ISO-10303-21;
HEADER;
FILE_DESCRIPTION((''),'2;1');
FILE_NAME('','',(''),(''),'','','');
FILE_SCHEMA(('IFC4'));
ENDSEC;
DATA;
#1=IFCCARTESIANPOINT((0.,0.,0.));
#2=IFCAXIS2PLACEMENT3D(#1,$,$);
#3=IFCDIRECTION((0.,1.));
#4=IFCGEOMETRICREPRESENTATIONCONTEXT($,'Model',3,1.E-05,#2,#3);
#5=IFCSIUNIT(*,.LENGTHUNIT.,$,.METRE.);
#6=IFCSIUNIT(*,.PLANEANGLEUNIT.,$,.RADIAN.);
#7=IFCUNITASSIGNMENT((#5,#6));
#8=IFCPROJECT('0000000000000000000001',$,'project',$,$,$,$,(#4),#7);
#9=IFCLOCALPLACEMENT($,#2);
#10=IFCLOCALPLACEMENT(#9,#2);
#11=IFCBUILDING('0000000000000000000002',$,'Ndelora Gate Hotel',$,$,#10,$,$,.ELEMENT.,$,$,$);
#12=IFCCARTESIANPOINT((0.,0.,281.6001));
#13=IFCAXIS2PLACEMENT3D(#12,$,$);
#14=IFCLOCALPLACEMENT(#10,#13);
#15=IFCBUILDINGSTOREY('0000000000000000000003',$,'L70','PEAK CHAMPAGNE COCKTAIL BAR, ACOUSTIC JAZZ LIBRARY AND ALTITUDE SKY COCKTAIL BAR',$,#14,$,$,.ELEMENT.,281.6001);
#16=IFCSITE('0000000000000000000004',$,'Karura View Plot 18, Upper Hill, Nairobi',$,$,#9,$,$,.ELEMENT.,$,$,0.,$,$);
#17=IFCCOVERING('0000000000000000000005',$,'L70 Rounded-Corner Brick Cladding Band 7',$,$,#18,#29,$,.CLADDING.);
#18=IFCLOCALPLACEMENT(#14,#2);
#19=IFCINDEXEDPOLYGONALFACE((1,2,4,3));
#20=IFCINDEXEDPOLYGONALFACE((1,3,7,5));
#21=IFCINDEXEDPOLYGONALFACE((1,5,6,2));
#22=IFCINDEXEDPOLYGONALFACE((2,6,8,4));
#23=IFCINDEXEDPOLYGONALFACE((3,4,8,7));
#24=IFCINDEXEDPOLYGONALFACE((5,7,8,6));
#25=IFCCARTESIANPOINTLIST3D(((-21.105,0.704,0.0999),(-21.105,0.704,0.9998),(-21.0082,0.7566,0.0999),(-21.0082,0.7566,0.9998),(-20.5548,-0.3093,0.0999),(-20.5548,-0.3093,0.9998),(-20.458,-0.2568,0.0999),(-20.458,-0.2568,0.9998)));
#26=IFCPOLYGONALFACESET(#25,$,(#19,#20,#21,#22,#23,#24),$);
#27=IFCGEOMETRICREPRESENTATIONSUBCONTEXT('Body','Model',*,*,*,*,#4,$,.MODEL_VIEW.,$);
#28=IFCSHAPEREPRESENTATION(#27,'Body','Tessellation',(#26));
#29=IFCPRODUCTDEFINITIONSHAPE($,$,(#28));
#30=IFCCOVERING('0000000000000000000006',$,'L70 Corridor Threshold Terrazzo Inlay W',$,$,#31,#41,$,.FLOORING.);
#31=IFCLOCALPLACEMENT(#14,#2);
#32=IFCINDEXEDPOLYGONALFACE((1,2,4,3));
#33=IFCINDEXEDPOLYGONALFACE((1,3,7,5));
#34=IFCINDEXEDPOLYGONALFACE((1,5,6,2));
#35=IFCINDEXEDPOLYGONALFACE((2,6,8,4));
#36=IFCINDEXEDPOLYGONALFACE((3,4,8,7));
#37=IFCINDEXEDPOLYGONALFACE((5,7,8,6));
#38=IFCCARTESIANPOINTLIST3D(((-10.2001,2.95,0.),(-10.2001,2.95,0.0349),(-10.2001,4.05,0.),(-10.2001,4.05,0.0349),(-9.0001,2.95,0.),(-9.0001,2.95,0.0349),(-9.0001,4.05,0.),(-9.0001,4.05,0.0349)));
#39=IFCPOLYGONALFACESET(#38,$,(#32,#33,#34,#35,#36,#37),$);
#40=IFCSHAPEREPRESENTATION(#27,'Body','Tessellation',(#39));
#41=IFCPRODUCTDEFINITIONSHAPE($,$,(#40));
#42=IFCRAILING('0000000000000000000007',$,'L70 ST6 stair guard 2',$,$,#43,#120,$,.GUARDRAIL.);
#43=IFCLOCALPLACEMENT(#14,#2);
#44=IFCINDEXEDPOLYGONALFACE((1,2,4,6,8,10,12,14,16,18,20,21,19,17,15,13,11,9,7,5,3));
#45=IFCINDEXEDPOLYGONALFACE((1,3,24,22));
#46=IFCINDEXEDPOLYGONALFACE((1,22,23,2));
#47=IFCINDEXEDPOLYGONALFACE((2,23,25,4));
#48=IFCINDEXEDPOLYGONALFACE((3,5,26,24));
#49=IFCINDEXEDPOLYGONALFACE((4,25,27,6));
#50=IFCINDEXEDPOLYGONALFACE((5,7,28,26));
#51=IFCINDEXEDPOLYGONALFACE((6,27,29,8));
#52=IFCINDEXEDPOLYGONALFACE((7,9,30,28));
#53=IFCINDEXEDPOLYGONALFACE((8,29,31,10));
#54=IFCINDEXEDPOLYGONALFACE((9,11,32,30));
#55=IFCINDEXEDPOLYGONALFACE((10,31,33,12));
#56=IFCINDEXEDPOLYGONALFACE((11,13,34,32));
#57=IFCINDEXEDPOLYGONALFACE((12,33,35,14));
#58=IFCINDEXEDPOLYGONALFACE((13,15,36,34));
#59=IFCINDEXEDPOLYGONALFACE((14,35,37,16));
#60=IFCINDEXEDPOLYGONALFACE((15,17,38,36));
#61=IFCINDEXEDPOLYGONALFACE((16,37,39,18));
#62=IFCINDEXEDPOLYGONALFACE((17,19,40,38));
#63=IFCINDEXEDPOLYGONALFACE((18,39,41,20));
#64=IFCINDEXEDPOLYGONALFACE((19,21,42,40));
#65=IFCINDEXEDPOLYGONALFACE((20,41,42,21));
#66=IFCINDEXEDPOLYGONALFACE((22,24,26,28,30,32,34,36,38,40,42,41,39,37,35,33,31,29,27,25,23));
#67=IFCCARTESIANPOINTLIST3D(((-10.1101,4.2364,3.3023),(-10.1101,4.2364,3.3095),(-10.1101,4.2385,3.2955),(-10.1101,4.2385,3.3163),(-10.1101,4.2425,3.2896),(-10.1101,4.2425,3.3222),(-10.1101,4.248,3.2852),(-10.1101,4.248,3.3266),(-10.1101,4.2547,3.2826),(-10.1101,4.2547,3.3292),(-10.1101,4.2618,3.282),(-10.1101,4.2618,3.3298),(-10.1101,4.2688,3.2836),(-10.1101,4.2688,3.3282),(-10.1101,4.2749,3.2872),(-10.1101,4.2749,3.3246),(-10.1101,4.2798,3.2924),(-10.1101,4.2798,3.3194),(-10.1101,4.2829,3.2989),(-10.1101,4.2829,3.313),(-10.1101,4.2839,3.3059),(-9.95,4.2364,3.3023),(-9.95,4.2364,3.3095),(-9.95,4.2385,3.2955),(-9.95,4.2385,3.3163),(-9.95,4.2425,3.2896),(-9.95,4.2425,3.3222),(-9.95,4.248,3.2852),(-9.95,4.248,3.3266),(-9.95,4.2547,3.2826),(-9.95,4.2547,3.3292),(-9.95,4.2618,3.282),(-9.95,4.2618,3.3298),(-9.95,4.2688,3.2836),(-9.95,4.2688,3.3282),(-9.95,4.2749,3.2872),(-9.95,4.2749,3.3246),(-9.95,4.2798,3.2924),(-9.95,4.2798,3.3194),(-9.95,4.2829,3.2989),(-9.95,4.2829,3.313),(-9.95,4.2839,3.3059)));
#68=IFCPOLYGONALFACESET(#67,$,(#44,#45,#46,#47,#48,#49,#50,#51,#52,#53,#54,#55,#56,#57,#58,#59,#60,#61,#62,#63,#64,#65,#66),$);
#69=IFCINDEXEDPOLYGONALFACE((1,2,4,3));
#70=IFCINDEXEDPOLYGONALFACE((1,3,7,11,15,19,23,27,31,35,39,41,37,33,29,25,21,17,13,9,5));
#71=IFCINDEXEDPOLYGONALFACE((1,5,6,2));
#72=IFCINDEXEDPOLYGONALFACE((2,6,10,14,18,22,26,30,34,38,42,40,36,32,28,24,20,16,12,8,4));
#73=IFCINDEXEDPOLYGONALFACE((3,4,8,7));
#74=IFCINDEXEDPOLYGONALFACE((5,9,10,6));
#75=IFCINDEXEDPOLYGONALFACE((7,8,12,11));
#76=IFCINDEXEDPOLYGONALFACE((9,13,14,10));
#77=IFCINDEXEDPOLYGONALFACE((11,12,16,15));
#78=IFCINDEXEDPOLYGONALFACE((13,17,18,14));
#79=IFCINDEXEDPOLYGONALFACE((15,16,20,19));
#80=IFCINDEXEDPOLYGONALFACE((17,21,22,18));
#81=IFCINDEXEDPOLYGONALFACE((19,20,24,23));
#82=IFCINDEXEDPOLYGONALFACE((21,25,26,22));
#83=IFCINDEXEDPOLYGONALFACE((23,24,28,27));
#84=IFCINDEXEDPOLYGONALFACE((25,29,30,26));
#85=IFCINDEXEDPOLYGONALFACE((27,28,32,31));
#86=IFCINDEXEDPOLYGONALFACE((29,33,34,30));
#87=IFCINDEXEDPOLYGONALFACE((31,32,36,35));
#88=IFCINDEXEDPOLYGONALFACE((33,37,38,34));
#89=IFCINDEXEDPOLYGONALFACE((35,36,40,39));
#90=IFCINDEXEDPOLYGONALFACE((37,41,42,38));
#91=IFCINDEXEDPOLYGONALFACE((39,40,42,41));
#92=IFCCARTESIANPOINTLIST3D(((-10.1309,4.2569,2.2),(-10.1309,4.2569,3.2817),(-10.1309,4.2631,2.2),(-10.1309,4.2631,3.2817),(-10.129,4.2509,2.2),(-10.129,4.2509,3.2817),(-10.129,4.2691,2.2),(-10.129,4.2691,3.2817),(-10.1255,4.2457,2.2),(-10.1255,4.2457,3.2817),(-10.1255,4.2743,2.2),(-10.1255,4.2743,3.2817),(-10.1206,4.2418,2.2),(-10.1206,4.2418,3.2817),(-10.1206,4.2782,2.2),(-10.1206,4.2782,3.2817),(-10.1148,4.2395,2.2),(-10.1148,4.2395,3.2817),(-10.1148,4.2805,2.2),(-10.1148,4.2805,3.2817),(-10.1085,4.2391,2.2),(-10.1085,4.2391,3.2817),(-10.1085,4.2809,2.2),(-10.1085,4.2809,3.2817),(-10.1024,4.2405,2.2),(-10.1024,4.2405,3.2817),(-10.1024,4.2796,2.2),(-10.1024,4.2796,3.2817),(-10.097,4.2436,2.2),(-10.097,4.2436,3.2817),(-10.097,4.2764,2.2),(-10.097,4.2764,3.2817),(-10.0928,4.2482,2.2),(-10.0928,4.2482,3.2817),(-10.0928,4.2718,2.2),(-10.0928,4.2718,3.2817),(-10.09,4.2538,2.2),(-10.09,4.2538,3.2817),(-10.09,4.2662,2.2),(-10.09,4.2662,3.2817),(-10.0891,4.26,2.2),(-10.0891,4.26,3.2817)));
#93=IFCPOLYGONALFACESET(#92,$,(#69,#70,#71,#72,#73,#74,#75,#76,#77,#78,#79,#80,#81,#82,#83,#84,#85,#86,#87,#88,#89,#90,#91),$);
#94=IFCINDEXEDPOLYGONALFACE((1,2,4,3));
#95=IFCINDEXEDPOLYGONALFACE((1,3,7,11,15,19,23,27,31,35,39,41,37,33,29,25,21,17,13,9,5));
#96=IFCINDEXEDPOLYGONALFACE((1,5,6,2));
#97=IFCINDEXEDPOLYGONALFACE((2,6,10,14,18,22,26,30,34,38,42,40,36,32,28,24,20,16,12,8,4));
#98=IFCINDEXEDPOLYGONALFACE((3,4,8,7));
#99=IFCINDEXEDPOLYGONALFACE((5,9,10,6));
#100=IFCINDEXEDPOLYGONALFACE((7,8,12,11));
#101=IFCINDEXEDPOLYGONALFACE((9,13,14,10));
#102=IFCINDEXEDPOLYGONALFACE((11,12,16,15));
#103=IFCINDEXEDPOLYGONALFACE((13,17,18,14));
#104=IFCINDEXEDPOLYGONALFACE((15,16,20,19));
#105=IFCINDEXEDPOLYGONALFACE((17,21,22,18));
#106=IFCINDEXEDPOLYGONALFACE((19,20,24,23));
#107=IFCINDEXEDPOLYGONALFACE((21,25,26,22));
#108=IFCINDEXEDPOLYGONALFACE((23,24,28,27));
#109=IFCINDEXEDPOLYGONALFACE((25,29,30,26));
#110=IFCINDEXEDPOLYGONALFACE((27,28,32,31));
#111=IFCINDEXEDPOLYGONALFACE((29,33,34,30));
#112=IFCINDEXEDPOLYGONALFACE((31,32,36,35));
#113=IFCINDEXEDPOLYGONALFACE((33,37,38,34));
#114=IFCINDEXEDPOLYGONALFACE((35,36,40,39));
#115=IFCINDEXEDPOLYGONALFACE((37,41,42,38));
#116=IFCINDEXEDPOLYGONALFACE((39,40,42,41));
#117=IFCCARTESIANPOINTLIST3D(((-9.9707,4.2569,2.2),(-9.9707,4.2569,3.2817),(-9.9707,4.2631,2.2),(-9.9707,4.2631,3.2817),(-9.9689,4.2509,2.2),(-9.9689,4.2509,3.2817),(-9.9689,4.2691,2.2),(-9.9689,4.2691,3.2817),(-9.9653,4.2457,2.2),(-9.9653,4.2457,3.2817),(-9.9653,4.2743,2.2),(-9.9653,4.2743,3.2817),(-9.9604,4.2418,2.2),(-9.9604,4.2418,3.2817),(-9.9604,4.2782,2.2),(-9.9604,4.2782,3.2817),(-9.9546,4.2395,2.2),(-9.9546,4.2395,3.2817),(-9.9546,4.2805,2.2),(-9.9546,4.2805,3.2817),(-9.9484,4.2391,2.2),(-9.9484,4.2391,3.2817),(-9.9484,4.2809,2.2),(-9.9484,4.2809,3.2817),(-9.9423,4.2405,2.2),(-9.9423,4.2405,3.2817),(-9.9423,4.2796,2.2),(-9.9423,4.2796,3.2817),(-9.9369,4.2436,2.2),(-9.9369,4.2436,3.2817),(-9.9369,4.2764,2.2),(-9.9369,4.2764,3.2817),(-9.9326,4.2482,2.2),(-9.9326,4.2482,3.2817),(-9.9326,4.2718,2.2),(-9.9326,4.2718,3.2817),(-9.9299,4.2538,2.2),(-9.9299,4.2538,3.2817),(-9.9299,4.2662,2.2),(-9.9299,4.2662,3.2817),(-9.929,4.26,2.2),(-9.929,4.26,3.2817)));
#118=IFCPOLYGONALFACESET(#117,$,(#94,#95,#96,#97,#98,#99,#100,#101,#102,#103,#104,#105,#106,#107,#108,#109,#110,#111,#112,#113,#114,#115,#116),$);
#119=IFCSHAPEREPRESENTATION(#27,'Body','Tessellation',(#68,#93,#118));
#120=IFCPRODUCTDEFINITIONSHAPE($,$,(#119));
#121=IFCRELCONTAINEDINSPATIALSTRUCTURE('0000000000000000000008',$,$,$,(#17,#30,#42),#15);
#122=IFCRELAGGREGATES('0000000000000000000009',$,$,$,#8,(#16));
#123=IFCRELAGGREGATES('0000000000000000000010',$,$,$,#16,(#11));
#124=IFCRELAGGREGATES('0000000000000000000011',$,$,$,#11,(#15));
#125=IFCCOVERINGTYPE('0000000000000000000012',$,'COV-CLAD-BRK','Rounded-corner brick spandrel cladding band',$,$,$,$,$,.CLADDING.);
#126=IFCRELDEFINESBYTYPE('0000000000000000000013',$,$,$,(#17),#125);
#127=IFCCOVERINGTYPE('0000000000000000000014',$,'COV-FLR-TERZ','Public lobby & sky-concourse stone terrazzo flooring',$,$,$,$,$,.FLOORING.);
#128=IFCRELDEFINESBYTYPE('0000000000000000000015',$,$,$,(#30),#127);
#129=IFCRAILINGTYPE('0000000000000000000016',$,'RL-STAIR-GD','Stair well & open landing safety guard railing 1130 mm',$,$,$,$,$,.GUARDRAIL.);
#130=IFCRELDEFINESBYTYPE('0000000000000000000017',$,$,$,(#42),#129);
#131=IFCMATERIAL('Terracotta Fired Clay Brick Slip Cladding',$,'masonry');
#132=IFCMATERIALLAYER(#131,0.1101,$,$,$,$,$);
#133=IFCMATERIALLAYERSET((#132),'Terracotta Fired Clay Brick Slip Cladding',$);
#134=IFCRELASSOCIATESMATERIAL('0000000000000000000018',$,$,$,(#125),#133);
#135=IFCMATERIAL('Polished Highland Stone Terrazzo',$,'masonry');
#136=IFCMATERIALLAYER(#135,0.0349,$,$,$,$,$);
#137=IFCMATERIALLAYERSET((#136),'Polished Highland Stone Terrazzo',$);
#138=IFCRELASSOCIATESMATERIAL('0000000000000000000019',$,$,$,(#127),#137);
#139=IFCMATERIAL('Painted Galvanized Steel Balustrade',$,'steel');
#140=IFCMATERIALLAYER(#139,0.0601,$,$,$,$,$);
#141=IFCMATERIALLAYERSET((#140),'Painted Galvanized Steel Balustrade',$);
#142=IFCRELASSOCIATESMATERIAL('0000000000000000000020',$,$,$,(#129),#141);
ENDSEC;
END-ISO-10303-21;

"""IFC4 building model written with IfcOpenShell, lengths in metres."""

from ifc_helpers import new_model, si_unit, direction, frame, origin, origin_2d, place, context, subcontext, project, spatial, rectangle, circle, extrude, material, layer, layer_set, type_object, element, save


model = new_model("IFC4")

# Units and contexts
model_context = context("Model", 3, precision=1e-05, world=origin(), true_north=direction((0.0, 1.0)))
body_context = subcontext(model_context, "Body", "Model", "MODEL_VIEW")
ifc_project = project(units=[si_unit("LENGTHUNIT", "METRE"), si_unit("PLANEANGLEUNIT", "RADIAN")], contexts=[model_context])

# Site, building, storey
site_placement = place(None, origin())
site = spatial("IfcSite", under=ifc_project, at=site_placement, Name="Karura View Plot 18, Upper Hill, Nairobi", CompositionType="ELEMENT", RefElevation=0.0)
building_placement = place(site_placement, origin())
building = spatial("IfcBuilding", under=site, at=building_placement, Name="Ndelora Gate Hotel", CompositionType="ELEMENT")
storey_placement = place(building_placement, frame((0.0, 0.0, 281.6001)))
storey = spatial("IfcBuildingStorey", under=building, at=storey_placement, Name="L70", Description="PEAK CHAMPAGNE COCKTAIL BAR, ACOUSTIC JAZZ LIBRARY AND ALTITUDE SKY COCKTAIL BAR", CompositionType="ELEMENT", Elevation=281.6001)

# Coverings
ifc_material_1 = material(Name="Terracotta Fired Clay Brick Slip Cladding", Category="masonry")
ifc_layer_1 = layer(ifc_material_1, 0.1101)
ifc_layer_set_1 = layer_set([ifc_layer_1], Name="Terracotta Fired Clay Brick Slip Cladding")
covering_type_1 = type_object("IfcCoveringType", Name="COV-CLAD-BRK", Description="Rounded-corner brick spandrel cladding band", PredefinedType="CLADDING", material=ifc_layer_set_1)
for number, where, z_axis, x_axis, name in (
    (1, (-20.7815, 0.2236, 0.0999), (0.0, 0.0, 1.0), (-0.477159, 0.878817, 0.0), "L70 Rounded-Corner Brick Cladding Band 7"),
):
    element("IfcCovering", number, at=place(storey_placement, frame(where, z_axis=z_axis, x_axis=x_axis)), inside=storey, type_object=covering_type_1, Name=name, PredefinedType="CLADDING", context=body_context, shape_type="SweptSolid", body=[
        extrude(rectangle(XDim=1.1531, YDim=0.1101, at=origin_2d()), origin(), (0.0, 0.0, 1.0), 0.8999),
    ])
ifc_material_2 = material(Name="Polished Highland Stone Terrazzo", Category="masonry")
ifc_layer_2 = layer(ifc_material_2, 0.0349)
ifc_layer_set_2 = layer_set([ifc_layer_2], Name="Polished Highland Stone Terrazzo")
covering_type_2 = type_object("IfcCoveringType", Name="COV-FLR-TERZ", Description="Public lobby & sky-concourse stone terrazzo flooring", PredefinedType="FLOORING", material=ifc_layer_set_2)
covering_placement = place(storey_placement, frame((-9.6001, 3.5, 0.0), z_axis=(0.0, 0.0, 1.0), x_axis=(1.0, 0.0, 0.0)))
element("IfcCovering", 2, at=covering_placement, inside=storey, type_object=covering_type_2, Name="L70 Corridor Threshold Terrazzo Inlay W", PredefinedType="FLOORING", context=body_context, shape_type="SweptSolid", body=[
    extrude(rectangle(XDim=1.2, YDim=1.1001, at=origin_2d()), origin(), (0.0, 0.0, 1.0), 0.0349),
])

# Railing
ifc_material_3 = material(Name="Painted Galvanized Steel Balustrade", Category="steel")
ifc_layer_3 = layer(ifc_material_3, 0.0601)
ifc_layer_set_3 = layer_set([ifc_layer_3], Name="Painted Galvanized Steel Balustrade")
railing_type = type_object("IfcRailingType", Name="RL-STAIR-GD", Description="Stair well & open landing safety guard railing 1130 mm", PredefinedType="GUARDRAIL", material=ifc_layer_set_3)
railing_1_placement = place(storey_placement, frame((-10.1101, 4.26, 2.2)))
element("IfcRailing", 3, at=railing_1_placement, inside=storey, type_object=railing_type, Name="L70 ST6 stair guard 2", PredefinedType="GUARDRAIL", context=body_context, shape_type="SweptSolid", body=[
    extrude(circle(Radius=0.0239, at=origin_2d()), frame((0.0, 0.0, 1.106), z_axis=(1.0, 0.0, 0.0), x_axis=(0.0, 1.0, 0.0)), (0.0, 0.0, 1.0), 0.1602),
    extrude(circle(Radius=0.021, at=origin_2d()), origin(), (0.0, 0.0, 1.0), 1.0818),
    extrude(circle(Radius=0.021, at=origin_2d()), frame((0.1602, 0.0, 0.0)), (0.0, 0.0, 1.0), 1.0818),
])

save(model, "model.ifc")
